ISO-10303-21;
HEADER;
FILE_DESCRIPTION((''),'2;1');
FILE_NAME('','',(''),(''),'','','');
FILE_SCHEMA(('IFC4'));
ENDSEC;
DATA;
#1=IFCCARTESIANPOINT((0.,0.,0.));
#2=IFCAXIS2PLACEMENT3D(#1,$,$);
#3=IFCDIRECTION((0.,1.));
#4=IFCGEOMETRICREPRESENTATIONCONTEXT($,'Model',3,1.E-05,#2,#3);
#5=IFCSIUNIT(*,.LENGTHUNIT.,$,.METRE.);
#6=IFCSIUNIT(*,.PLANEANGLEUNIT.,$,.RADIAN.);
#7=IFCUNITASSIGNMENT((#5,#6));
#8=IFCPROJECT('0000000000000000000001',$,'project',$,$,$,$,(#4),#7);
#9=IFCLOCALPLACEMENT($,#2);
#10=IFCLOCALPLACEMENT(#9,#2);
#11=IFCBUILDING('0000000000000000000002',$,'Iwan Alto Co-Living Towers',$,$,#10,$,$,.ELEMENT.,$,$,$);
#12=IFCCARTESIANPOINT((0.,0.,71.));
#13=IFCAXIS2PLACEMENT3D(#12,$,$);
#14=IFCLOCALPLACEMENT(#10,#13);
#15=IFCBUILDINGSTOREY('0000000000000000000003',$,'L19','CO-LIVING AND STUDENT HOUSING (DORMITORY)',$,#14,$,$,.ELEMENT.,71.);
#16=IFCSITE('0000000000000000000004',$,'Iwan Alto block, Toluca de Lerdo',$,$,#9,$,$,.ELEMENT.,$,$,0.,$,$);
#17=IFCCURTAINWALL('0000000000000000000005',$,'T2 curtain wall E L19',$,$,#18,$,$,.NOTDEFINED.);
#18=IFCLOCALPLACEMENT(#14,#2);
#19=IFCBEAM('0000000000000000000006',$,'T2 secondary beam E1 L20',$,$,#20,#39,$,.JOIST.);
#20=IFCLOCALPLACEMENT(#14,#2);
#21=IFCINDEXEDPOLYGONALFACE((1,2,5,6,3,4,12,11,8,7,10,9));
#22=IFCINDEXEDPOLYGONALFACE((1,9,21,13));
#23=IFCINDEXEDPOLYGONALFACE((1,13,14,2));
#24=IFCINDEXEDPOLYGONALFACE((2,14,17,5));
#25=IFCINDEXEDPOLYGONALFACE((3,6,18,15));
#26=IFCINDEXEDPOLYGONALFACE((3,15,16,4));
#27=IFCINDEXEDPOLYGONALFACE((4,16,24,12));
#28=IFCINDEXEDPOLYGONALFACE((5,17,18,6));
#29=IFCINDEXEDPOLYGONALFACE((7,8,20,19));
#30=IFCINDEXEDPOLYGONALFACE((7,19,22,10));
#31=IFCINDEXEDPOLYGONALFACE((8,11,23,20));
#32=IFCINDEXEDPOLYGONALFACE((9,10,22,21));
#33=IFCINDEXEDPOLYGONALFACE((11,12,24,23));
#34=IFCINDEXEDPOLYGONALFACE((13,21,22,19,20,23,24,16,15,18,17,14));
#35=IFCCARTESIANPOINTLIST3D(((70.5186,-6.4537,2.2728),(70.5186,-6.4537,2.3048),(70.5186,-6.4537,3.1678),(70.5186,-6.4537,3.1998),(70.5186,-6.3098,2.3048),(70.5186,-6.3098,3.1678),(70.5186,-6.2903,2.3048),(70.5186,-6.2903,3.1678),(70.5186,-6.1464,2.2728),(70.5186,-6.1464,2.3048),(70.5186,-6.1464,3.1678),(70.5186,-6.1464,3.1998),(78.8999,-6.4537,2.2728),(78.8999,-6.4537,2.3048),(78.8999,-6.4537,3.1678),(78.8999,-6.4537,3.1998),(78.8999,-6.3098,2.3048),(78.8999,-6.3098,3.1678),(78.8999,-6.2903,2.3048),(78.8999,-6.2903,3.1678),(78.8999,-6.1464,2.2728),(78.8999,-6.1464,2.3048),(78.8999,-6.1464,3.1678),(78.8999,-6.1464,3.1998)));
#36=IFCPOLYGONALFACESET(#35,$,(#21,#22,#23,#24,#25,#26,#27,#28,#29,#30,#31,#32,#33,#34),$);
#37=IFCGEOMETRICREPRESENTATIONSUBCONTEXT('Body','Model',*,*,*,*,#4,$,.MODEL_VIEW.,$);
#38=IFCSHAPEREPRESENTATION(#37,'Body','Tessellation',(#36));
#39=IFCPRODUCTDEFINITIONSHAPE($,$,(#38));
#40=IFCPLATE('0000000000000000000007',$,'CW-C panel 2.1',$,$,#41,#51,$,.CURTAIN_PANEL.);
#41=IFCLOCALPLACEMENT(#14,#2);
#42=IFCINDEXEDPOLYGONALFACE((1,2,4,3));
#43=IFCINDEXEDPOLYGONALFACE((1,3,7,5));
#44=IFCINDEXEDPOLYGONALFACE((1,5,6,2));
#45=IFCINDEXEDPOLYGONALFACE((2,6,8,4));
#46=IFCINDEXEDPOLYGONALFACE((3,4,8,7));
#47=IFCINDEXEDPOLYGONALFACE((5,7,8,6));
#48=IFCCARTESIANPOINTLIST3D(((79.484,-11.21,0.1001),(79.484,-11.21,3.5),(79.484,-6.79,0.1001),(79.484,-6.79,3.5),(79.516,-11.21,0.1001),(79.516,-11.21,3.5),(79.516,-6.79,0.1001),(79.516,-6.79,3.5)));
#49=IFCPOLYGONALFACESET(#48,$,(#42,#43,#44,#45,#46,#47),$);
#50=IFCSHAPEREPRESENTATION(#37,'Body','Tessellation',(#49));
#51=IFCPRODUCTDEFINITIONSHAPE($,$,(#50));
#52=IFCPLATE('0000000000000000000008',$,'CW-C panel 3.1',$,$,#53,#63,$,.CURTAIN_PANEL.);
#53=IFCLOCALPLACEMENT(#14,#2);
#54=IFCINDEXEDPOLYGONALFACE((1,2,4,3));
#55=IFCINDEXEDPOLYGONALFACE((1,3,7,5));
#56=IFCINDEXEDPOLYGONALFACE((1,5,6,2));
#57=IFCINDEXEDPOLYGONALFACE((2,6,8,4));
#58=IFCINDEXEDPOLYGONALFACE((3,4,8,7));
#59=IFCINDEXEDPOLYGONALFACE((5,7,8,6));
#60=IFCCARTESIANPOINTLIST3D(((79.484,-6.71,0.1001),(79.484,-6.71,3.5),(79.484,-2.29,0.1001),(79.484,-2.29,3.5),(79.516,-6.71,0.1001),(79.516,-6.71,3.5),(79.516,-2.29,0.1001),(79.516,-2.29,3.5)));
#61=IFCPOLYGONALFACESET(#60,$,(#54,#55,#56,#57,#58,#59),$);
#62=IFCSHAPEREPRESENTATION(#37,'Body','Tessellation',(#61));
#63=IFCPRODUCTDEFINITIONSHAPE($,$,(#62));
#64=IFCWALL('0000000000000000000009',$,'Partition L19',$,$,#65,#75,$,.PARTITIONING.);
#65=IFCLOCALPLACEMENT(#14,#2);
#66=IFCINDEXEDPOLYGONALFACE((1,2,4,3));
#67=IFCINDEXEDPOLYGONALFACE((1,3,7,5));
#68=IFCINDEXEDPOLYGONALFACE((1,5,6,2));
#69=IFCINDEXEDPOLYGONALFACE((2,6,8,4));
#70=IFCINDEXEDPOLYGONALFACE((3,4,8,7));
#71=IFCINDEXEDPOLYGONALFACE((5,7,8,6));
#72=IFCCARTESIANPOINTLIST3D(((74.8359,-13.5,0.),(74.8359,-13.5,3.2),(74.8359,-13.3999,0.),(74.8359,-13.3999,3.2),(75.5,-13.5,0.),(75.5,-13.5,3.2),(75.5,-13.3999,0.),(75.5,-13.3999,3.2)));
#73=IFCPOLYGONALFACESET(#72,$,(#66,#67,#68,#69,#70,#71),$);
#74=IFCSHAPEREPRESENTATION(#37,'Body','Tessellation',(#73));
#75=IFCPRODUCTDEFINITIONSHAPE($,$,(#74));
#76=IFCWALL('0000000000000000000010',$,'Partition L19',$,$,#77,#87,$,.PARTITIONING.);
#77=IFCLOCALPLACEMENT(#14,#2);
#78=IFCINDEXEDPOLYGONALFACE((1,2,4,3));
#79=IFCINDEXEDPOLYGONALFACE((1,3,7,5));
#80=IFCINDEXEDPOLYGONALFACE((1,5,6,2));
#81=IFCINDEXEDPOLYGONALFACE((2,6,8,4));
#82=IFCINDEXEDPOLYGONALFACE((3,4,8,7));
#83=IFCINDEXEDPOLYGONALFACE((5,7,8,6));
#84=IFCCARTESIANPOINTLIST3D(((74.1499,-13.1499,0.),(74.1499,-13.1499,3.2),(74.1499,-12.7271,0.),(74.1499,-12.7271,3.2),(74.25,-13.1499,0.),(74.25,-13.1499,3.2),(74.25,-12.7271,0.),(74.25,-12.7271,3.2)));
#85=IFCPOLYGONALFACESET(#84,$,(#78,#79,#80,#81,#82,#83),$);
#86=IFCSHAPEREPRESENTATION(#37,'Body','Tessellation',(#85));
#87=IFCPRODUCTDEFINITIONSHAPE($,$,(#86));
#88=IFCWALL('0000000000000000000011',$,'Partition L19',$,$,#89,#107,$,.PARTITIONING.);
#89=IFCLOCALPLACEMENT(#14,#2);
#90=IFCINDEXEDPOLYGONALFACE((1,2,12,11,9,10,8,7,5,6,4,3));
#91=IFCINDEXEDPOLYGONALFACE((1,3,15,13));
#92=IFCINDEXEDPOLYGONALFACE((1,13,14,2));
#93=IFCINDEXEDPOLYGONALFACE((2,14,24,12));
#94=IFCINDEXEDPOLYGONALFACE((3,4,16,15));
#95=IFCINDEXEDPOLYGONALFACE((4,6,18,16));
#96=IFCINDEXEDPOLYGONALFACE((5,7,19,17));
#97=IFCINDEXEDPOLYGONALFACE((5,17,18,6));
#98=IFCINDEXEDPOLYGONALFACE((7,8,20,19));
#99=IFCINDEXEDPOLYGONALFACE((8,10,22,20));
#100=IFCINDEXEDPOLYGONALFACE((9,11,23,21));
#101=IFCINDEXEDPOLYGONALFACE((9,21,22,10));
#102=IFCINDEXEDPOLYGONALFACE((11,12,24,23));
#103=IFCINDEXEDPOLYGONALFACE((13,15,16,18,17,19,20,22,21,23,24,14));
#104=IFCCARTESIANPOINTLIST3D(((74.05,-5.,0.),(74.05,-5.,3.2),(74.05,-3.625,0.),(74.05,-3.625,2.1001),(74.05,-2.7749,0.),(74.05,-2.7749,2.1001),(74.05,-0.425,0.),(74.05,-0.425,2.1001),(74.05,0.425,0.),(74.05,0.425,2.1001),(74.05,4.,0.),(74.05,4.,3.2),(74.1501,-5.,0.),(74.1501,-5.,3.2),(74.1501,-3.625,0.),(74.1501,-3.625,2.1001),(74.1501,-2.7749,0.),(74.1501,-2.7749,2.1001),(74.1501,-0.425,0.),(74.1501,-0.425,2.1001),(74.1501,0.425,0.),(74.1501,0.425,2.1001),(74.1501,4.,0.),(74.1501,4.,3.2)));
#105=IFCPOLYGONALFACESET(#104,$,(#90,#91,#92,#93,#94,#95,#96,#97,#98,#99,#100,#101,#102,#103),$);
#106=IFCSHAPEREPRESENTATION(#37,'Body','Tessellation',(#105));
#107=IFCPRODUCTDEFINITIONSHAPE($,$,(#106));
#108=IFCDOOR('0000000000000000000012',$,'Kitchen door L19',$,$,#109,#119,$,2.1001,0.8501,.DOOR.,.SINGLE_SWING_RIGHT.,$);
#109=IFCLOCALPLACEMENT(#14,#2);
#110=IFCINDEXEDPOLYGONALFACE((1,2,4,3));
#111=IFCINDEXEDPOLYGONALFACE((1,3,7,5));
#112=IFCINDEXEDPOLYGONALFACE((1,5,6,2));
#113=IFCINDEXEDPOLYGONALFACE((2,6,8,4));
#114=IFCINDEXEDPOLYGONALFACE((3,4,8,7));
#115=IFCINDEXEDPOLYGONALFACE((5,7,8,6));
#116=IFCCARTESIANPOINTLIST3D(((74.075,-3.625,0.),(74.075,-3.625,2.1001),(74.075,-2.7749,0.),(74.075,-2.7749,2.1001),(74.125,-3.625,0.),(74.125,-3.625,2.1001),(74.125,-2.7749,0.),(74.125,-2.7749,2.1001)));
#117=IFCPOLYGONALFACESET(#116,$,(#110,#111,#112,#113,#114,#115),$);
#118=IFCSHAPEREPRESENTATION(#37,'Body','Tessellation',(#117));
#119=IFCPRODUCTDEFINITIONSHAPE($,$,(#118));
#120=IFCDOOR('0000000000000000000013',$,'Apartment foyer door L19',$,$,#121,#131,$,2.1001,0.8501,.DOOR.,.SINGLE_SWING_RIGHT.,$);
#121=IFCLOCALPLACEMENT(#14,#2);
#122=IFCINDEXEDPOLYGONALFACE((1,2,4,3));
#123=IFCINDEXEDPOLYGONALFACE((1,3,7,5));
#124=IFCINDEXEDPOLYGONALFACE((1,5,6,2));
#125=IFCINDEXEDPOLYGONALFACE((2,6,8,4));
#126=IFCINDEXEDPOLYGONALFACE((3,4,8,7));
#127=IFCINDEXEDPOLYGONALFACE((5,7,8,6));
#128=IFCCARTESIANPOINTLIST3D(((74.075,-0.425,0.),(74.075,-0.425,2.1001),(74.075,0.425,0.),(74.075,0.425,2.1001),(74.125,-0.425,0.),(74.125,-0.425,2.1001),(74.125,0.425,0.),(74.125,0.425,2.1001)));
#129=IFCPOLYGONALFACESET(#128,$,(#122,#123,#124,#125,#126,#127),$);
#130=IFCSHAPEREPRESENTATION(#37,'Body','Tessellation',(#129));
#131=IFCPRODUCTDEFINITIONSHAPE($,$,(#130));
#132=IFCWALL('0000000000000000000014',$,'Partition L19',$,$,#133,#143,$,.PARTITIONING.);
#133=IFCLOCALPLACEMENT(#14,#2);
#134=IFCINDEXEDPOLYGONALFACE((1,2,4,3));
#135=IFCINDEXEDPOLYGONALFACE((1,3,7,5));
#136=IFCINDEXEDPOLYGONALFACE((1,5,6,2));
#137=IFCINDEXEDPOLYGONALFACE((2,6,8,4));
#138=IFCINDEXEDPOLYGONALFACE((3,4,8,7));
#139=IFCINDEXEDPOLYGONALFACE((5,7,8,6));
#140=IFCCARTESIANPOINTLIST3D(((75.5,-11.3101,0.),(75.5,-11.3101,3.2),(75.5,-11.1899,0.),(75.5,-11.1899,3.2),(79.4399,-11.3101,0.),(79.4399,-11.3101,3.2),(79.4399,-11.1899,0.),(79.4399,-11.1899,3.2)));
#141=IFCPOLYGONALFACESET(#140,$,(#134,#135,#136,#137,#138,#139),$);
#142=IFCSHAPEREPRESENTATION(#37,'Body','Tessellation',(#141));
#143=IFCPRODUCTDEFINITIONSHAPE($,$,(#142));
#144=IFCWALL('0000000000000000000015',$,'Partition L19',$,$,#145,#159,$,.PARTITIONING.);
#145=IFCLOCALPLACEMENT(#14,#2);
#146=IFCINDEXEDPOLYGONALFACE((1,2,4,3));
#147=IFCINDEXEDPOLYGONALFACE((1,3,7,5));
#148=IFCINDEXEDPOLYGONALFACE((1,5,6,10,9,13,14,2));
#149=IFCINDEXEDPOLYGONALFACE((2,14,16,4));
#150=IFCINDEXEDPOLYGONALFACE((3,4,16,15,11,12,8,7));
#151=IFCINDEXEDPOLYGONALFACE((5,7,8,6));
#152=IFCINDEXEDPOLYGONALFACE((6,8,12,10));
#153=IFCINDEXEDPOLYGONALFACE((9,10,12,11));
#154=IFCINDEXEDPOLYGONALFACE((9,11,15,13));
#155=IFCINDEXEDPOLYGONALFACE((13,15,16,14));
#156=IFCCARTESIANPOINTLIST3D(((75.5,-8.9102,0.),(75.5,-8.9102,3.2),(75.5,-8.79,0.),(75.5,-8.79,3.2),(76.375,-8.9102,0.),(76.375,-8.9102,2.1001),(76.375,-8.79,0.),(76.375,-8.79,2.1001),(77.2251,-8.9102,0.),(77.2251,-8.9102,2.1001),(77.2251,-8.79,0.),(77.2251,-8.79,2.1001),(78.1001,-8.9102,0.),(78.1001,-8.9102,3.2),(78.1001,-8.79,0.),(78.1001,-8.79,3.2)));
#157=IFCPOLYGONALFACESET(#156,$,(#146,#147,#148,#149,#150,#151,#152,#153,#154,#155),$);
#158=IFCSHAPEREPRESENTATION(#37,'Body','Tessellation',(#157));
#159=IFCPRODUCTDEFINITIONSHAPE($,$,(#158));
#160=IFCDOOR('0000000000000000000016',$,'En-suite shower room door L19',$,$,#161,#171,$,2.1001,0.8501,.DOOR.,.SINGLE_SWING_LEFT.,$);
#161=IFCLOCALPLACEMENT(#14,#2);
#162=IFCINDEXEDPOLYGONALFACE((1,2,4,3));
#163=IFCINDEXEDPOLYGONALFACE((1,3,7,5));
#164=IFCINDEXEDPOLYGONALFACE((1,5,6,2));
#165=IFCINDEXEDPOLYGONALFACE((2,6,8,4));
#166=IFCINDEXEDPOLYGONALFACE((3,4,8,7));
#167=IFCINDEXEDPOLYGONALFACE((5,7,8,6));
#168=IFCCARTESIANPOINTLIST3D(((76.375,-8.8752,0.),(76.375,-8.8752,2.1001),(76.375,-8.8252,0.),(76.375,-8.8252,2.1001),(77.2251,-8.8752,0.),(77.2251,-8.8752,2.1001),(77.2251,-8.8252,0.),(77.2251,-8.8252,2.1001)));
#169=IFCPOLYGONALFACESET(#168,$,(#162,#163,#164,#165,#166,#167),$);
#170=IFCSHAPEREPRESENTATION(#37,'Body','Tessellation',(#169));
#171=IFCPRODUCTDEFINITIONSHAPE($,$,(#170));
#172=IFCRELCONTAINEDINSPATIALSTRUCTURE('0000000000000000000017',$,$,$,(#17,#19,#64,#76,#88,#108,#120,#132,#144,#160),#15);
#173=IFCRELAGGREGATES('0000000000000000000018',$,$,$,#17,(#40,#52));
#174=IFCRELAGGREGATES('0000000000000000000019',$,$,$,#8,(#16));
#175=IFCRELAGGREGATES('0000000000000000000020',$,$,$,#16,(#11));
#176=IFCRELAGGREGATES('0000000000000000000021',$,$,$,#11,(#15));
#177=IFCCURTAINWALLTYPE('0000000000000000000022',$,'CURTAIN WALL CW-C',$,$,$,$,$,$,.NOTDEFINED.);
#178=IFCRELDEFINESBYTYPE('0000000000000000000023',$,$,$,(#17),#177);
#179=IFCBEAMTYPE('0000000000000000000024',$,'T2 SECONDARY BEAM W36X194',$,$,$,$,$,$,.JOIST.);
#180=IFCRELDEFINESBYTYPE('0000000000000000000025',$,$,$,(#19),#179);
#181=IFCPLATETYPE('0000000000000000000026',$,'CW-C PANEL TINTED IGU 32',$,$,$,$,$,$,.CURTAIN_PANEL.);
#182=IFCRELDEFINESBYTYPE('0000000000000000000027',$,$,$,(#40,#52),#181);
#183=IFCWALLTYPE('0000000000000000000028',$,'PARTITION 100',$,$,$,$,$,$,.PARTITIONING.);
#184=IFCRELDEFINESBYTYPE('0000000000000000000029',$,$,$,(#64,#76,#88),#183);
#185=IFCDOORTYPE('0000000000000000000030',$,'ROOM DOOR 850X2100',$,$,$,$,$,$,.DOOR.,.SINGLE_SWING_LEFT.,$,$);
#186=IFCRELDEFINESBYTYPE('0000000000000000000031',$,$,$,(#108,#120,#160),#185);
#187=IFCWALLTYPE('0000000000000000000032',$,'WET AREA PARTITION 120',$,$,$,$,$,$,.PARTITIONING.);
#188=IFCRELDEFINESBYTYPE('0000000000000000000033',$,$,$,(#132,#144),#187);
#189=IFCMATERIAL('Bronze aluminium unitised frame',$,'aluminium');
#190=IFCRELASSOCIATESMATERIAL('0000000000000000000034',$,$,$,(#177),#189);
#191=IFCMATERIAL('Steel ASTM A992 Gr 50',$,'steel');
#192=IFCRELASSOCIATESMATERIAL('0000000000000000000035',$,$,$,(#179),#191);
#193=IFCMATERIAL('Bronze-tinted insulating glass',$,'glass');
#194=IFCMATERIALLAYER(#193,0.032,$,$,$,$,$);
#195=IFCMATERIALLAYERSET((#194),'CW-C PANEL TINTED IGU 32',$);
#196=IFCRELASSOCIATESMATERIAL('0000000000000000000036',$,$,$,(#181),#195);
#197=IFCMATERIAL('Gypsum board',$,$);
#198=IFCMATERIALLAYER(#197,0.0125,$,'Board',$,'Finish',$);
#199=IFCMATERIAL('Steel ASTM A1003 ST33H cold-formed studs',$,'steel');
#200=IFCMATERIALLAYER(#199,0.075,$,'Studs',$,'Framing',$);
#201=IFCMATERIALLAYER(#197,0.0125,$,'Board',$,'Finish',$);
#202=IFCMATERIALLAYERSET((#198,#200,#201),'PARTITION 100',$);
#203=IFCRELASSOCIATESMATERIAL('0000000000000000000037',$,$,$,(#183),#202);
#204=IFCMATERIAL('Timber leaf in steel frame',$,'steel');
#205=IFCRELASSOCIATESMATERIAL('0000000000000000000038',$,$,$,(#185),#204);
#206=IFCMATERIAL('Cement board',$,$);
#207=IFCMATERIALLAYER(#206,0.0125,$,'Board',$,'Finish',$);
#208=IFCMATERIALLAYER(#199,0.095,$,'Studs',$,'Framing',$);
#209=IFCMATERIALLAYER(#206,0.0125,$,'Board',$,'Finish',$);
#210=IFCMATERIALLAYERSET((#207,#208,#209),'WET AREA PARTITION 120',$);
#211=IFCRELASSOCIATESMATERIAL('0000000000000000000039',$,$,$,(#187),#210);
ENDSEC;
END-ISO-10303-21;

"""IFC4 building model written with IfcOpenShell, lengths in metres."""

from ifc_helpers import new_model, si_unit, direction, frame, frame_2d, origin, origin_2d, place, context, subcontext, project, spatial, rectangle, i_section, extrude, material, layer, layer_set, material_profile, profile_set, type_object, element, fill, aggregate, save


model = new_model("IFC4")

# Units and contexts
model_context = context("Model", 3, precision=1e-05, world=origin(), true_north=direction((0.0, 1.0)))
body_context = subcontext(model_context, "Body", "Model", "MODEL_VIEW")
ifc_project = project(units=[si_unit("LENGTHUNIT", "METRE"), si_unit("PLANEANGLEUNIT", "RADIAN")], contexts=[model_context])

# Site, building, storey
site_placement = place(None, origin())
site = spatial("IfcSite", under=ifc_project, at=site_placement, Name="Iwan Alto block, Toluca de Lerdo", CompositionType="ELEMENT", RefElevation=0.0)
building_placement = place(site_placement, origin())
building = spatial("IfcBuilding", under=site, at=building_placement, Name="Iwan Alto Co-Living Towers", CompositionType="ELEMENT")
storey_placement = place(building_placement, frame((0.0, 0.0, 71.0)))
storey = spatial("IfcBuildingStorey", under=building, at=storey_placement, Name="L19", Description="CO-LIVING AND STUDENT HOUSING (DORMITORY)", CompositionType="ELEMENT", Elevation=71.0)

# Curtain wall
ifc_material_1 = material(Name="Bronze aluminium unitised frame", Category="aluminium")
curtain_wall_type = type_object("IfcCurtainWallType", Name="CURTAIN WALL CW-C", PredefinedType="NOTDEFINED", material=ifc_material_1)
curtain_wall_placement = place(storey_placement, origin())
curtain_wall = element("IfcCurtainWall", 1, at=curtain_wall_placement, inside=storey, type_object=curtain_wall_type, Name="T2 curtain wall E L19", PredefinedType="NOTDEFINED")

# Beam
ifc_material_2 = material(Name="Steel ASTM A992 Gr 50", Category="steel")
ifc_material_profile_1 = material_profile(ifc_material_2, i_section(OverallWidth=0.3074, OverallDepth=0.927, WebThickness=0.0195, FlangeThickness=0.032, at=origin_2d()), Name="W36X194")
ifc_profile_set_1 = profile_set([ifc_material_profile_1], Name="Steel ASTM A992 Gr 50")
beam_type_1 = type_object("IfcBeamType", Name="T2 SECONDARY BEAM W36X194", PredefinedType="JOIST", material=ifc_profile_set_1)
beam_1_placement = place(storey_placement, frame((78.8999, -6.3, 2.7363), z_axis=(-1.0, 0.0, 0.0), x_axis=(0.0, -1.0, 0.0)))
element("IfcBeam", 2, at=beam_1_placement, inside=storey, type_object=beam_type_1, Name="T2 secondary beam E1 L20", PredefinedType="JOIST", context=body_context, shape_type="SweptSolid", body=[
    extrude(i_section(OverallWidth=0.3074, OverallDepth=0.927, WebThickness=0.0195, FlangeThickness=0.032, at=origin_2d()), origin(), (0.0, 0.0, 1.0), 8.3813),
])

# Plates
ifc_material_3 = material(Name="Bronze-tinted insulating glass", Category="glass")
ifc_layer_1 = layer(ifc_material_3, 0.032)
ifc_layer_set_1 = layer_set([ifc_layer_1], Name="CW-C PANEL TINTED IGU 32")
plate_type = type_object("IfcPlateType", Name="CW-C PANEL TINTED IGU 32", PredefinedType="CURTAIN_PANEL", material=ifc_layer_set_1)
plate_1_placement = place(storey_placement, frame((79.5, -9.0, 0.1001), z_axis=(0.0, 0.0, 1.0), x_axis=(0.0, 1.0, 0.0)))
plate_1 = element("IfcPlate", 3, at=plate_1_placement, type_object=plate_type, Name="CW-C panel 2.1", PredefinedType="CURTAIN_PANEL", context=body_context, shape_type="SweptSolid", body=[
    extrude(rectangle(XDim=4.4199, YDim=0.032, at=origin_2d()), origin(), (0.0, 0.0, 1.0), 3.3999),
])
plate_2_placement = place(storey_placement, frame((79.5, -4.5, 0.1001), z_axis=(0.0, 0.0, 1.0), x_axis=(0.0, 1.0, 0.0)))
plate_2 = element("IfcPlate", 4, at=plate_2_placement, type_object=plate_type, Name="CW-C panel 3.1", PredefinedType="CURTAIN_PANEL", context=body_context, shape_type="SweptSolid", body=[
    extrude(rectangle(XDim=4.4199, YDim=0.032, at=origin_2d()), origin(), (0.0, 0.0, 1.0), 3.3999),
])
aggregate(curtain_wall, [plate_1, plate_2])

# Walls
ifc_material_4 = material(Name="Gypsum board")
ifc_layer_2 = layer(ifc_material_4, 0.0125, Name="Board", Category="Finish")
ifc_material_5 = material(Name="Steel ASTM A1003 ST33H cold-formed studs", Category="steel")
ifc_layer_3 = layer(ifc_material_5, 0.075, Name="Studs", Category="Framing")
ifc_layer_4 = layer(ifc_material_4, 0.0125, Name="Board", Category="Finish")
ifc_layer_set_2 = layer_set([ifc_layer_2, ifc_layer_3, ifc_layer_4], Name="PARTITION 100")
wall_type_1 = type_object("IfcWallType", Name="PARTITION 100", PredefinedType="PARTITIONING", material=ifc_layer_set_2)
wall_1_placement = place(storey_placement, frame((74.8359, -13.45, 0.0), z_axis=(0.0, 0.0, 1.0), x_axis=(1.0, 0.0, 0.0)))
element("IfcWall", 5, at=wall_1_placement, inside=storey, type_object=wall_type_1, Name="Partition L19", PredefinedType="PARTITIONING", context=body_context, shape_type="SweptSolid", body=[
    extrude(rectangle(XDim=0.6641, YDim=0.1001, at=frame_2d((0.332, 0.0))), origin(), (0.0, 0.0, 1.0), 3.2),
])
wall_2_placement = place(storey_placement, frame((74.2, -13.1499, 0.0), z_axis=(0.0, 0.0, 1.0), x_axis=(0.0, 1.0, 0.0)))
element("IfcWall", 6, at=wall_2_placement, inside=storey, type_object=wall_type_1, Name="Partition L19", PredefinedType="PARTITIONING", context=body_context, shape_type="SweptSolid", body=[
    extrude(rectangle(XDim=0.4229, YDim=0.1001, at=frame_2d((0.2114, 0.0))), origin(), (0.0, 0.0, 1.0), 3.2),
])

# Wall, openings, doors
wall_3_placement = place(storey_placement, frame((74.1001, -5.0, 0.0), z_axis=(0.0, 0.0, 1.0), x_axis=(0.0, 1.0, 0.0)))
wall_3 = element("IfcWall", 7, at=wall_3_placement, inside=storey, type_object=wall_type_1, Name="Partition L19", PredefinedType="PARTITIONING", context=body_context, shape_type="SweptSolid", body=[
    extrude(rectangle(XDim=9.0, YDim=0.1001, at=frame_2d((4.5, 0.0))), origin(), (0.0, 0.0, 1.0), 3.2),
])
opening_1_placement = place(wall_3_placement, frame((1.375, 0.0, 0.0)))
opening_1 = element("IfcOpeningElement", 8, at=opening_1_placement, cuts=wall_3, PredefinedType="OPENING", context=body_context, shape_type="SweptSolid", body=[
    extrude(rectangle(XDim=0.8501, YDim=2.1001, at=frame_2d((0.425, 1.05))), frame((0.0, 0.0601, 0.0), z_axis=(0.0, -1.0, 0.0), x_axis=(1.0, 0.0, 0.0)), (0.0, 0.0, 1.0), 0.1201),
])
opening_2_placement = place(wall_3_placement, frame((4.575, 0.0, 0.0)))
opening_2 = element("IfcOpeningElement", 9, at=opening_2_placement, cuts=wall_3, PredefinedType="OPENING", context=body_context, shape_type="SweptSolid", body=[
    extrude(rectangle(XDim=0.8501, YDim=2.1001, at=frame_2d((0.425, 1.05))), frame((0.0, 0.0601, 0.0), z_axis=(0.0, -1.0, 0.0), x_axis=(1.0, 0.0, 0.0)), (0.0, 0.0, 1.0), 0.1201),
])
ifc_material_6 = material(Name="Timber leaf in steel frame", Category="steel")
door_type = type_object("IfcDoorType", Name="ROOM DOOR 850X2100", OperationType="SINGLE_SWING_LEFT", PredefinedType="DOOR", material=ifc_material_6)
door_1_placement = place(opening_1_placement, frame((0.8501, 0.0, 0.0), z_axis=(0.0, 0.0, 1.0), x_axis=(-1.0, 0.0, 0.0)))
door_1 = element("IfcDoor", 10, at=door_1_placement, inside=storey, type_object=door_type, Name="Kitchen door L19", OperationType="SINGLE_SWING_RIGHT", OverallHeight=2.1001, OverallWidth=0.8501, PredefinedType="DOOR", context=body_context, shape_type="SweptSolid", body=[
    extrude(rectangle(XDim=0.8501, YDim=2.1001, at=frame_2d((0.425, 1.05))), frame((0.0, 0.0249, 0.0), z_axis=(0.0, -1.0, 0.0), x_axis=(1.0, 0.0, 0.0)), (0.0, 0.0, 1.0), 0.05),
])
fill(opening_1, door_1)
door_2_placement = place(opening_2_placement, frame((0.8501, 0.0, 0.0), z_axis=(0.0, 0.0, 1.0), x_axis=(-1.0, 0.0, 0.0)))
door_2 = element("IfcDoor", 11, at=door_2_placement, inside=storey, type_object=door_type, Name="Apartment foyer door L19", OperationType="SINGLE_SWING_RIGHT", OverallHeight=2.1001, OverallWidth=0.8501, PredefinedType="DOOR", context=body_context, shape_type="SweptSolid", body=[
    extrude(rectangle(XDim=0.8501, YDim=2.1001, at=frame_2d((0.425, 1.05))), frame((0.0, 0.0249, 0.0), z_axis=(0.0, -1.0, 0.0), x_axis=(1.0, 0.0, 0.0)), (0.0, 0.0, 1.0), 0.05),
])
fill(opening_2, door_2)

# Wall
ifc_material_7 = material(Name="Cement board")
ifc_layer_5 = layer(ifc_material_7, 0.0125, Name="Board", Category="Finish")
ifc_layer_6 = layer(ifc_material_5, 0.095, Name="Studs", Category="Framing")
ifc_layer_7 = layer(ifc_material_7, 0.0125, Name="Board", Category="Finish")
ifc_layer_set_3 = layer_set([ifc_layer_5, ifc_layer_6, ifc_layer_7], Name="WET AREA PARTITION 120")
wall_type_2 = type_object("IfcWallType", Name="WET AREA PARTITION 120", PredefinedType="PARTITIONING", material=ifc_layer_set_3)
wall_4_placement = place(storey_placement, frame((75.5, -11.25, 0.0), z_axis=(0.0, 0.0, 1.0), x_axis=(1.0, 0.0, 0.0)))
element("IfcWall", 12, at=wall_4_placement, inside=storey, type_object=wall_type_2, Name="Partition L19", PredefinedType="PARTITIONING", context=body_context, shape_type="SweptSolid", body=[
    extrude(rectangle(XDim=3.9399, YDim=0.1201, at=frame_2d((1.97, 0.0))), origin(), (0.0, 0.0, 1.0), 3.2),
])

# Wall, opening, door
wall_5_placement = place(storey_placement, frame((75.5, -8.8501, 0.0), z_axis=(0.0, 0.0, 1.0), x_axis=(1.0, 0.0, 0.0)))
wall_5 = element("IfcWall", 13, at=wall_5_placement, inside=storey, type_object=wall_type_2, Name="Partition L19", PredefinedType="PARTITIONING", context=body_context, shape_type="SweptSolid", body=[
    extrude(rectangle(XDim=2.6001, YDim=0.1201, at=frame_2d((1.3, 0.0))), origin(), (0.0, 0.0, 1.0), 3.2),
])
opening_3_placement = place(wall_5_placement, frame((0.875, 0.0, 0.0)))
opening_3 = element("IfcOpeningElement", 14, at=opening_3_placement, cuts=wall_5, PredefinedType="OPENING", context=body_context, shape_type="SweptSolid", body=[
    extrude(rectangle(XDim=0.8501, YDim=2.1001, at=frame_2d((0.425, 1.05))), frame((0.0, 0.0701, 0.0), z_axis=(0.0, -1.0, 0.0), x_axis=(1.0, 0.0, 0.0)), (0.0, 0.0, 1.0), 0.1401),
])
door_3_placement = place(opening_3_placement, origin())
door_3 = element("IfcDoor", 15, at=door_3_placement, inside=storey, type_object=door_type, Name="En-suite shower room door L19", OperationType="SINGLE_SWING_LEFT", OverallHeight=2.1001, OverallWidth=0.8501, PredefinedType="DOOR", context=body_context, shape_type="SweptSolid", body=[
    extrude(rectangle(XDim=0.8501, YDim=2.1001, at=frame_2d((0.425, 1.05))), frame((0.0, 0.0249, 0.0), z_axis=(0.0, -1.0, 0.0), x_axis=(1.0, 0.0, 0.0)), (0.0, 0.0, 1.0), 0.05),
])
fill(opening_3, door_3)

save(model, "model.ifc")
